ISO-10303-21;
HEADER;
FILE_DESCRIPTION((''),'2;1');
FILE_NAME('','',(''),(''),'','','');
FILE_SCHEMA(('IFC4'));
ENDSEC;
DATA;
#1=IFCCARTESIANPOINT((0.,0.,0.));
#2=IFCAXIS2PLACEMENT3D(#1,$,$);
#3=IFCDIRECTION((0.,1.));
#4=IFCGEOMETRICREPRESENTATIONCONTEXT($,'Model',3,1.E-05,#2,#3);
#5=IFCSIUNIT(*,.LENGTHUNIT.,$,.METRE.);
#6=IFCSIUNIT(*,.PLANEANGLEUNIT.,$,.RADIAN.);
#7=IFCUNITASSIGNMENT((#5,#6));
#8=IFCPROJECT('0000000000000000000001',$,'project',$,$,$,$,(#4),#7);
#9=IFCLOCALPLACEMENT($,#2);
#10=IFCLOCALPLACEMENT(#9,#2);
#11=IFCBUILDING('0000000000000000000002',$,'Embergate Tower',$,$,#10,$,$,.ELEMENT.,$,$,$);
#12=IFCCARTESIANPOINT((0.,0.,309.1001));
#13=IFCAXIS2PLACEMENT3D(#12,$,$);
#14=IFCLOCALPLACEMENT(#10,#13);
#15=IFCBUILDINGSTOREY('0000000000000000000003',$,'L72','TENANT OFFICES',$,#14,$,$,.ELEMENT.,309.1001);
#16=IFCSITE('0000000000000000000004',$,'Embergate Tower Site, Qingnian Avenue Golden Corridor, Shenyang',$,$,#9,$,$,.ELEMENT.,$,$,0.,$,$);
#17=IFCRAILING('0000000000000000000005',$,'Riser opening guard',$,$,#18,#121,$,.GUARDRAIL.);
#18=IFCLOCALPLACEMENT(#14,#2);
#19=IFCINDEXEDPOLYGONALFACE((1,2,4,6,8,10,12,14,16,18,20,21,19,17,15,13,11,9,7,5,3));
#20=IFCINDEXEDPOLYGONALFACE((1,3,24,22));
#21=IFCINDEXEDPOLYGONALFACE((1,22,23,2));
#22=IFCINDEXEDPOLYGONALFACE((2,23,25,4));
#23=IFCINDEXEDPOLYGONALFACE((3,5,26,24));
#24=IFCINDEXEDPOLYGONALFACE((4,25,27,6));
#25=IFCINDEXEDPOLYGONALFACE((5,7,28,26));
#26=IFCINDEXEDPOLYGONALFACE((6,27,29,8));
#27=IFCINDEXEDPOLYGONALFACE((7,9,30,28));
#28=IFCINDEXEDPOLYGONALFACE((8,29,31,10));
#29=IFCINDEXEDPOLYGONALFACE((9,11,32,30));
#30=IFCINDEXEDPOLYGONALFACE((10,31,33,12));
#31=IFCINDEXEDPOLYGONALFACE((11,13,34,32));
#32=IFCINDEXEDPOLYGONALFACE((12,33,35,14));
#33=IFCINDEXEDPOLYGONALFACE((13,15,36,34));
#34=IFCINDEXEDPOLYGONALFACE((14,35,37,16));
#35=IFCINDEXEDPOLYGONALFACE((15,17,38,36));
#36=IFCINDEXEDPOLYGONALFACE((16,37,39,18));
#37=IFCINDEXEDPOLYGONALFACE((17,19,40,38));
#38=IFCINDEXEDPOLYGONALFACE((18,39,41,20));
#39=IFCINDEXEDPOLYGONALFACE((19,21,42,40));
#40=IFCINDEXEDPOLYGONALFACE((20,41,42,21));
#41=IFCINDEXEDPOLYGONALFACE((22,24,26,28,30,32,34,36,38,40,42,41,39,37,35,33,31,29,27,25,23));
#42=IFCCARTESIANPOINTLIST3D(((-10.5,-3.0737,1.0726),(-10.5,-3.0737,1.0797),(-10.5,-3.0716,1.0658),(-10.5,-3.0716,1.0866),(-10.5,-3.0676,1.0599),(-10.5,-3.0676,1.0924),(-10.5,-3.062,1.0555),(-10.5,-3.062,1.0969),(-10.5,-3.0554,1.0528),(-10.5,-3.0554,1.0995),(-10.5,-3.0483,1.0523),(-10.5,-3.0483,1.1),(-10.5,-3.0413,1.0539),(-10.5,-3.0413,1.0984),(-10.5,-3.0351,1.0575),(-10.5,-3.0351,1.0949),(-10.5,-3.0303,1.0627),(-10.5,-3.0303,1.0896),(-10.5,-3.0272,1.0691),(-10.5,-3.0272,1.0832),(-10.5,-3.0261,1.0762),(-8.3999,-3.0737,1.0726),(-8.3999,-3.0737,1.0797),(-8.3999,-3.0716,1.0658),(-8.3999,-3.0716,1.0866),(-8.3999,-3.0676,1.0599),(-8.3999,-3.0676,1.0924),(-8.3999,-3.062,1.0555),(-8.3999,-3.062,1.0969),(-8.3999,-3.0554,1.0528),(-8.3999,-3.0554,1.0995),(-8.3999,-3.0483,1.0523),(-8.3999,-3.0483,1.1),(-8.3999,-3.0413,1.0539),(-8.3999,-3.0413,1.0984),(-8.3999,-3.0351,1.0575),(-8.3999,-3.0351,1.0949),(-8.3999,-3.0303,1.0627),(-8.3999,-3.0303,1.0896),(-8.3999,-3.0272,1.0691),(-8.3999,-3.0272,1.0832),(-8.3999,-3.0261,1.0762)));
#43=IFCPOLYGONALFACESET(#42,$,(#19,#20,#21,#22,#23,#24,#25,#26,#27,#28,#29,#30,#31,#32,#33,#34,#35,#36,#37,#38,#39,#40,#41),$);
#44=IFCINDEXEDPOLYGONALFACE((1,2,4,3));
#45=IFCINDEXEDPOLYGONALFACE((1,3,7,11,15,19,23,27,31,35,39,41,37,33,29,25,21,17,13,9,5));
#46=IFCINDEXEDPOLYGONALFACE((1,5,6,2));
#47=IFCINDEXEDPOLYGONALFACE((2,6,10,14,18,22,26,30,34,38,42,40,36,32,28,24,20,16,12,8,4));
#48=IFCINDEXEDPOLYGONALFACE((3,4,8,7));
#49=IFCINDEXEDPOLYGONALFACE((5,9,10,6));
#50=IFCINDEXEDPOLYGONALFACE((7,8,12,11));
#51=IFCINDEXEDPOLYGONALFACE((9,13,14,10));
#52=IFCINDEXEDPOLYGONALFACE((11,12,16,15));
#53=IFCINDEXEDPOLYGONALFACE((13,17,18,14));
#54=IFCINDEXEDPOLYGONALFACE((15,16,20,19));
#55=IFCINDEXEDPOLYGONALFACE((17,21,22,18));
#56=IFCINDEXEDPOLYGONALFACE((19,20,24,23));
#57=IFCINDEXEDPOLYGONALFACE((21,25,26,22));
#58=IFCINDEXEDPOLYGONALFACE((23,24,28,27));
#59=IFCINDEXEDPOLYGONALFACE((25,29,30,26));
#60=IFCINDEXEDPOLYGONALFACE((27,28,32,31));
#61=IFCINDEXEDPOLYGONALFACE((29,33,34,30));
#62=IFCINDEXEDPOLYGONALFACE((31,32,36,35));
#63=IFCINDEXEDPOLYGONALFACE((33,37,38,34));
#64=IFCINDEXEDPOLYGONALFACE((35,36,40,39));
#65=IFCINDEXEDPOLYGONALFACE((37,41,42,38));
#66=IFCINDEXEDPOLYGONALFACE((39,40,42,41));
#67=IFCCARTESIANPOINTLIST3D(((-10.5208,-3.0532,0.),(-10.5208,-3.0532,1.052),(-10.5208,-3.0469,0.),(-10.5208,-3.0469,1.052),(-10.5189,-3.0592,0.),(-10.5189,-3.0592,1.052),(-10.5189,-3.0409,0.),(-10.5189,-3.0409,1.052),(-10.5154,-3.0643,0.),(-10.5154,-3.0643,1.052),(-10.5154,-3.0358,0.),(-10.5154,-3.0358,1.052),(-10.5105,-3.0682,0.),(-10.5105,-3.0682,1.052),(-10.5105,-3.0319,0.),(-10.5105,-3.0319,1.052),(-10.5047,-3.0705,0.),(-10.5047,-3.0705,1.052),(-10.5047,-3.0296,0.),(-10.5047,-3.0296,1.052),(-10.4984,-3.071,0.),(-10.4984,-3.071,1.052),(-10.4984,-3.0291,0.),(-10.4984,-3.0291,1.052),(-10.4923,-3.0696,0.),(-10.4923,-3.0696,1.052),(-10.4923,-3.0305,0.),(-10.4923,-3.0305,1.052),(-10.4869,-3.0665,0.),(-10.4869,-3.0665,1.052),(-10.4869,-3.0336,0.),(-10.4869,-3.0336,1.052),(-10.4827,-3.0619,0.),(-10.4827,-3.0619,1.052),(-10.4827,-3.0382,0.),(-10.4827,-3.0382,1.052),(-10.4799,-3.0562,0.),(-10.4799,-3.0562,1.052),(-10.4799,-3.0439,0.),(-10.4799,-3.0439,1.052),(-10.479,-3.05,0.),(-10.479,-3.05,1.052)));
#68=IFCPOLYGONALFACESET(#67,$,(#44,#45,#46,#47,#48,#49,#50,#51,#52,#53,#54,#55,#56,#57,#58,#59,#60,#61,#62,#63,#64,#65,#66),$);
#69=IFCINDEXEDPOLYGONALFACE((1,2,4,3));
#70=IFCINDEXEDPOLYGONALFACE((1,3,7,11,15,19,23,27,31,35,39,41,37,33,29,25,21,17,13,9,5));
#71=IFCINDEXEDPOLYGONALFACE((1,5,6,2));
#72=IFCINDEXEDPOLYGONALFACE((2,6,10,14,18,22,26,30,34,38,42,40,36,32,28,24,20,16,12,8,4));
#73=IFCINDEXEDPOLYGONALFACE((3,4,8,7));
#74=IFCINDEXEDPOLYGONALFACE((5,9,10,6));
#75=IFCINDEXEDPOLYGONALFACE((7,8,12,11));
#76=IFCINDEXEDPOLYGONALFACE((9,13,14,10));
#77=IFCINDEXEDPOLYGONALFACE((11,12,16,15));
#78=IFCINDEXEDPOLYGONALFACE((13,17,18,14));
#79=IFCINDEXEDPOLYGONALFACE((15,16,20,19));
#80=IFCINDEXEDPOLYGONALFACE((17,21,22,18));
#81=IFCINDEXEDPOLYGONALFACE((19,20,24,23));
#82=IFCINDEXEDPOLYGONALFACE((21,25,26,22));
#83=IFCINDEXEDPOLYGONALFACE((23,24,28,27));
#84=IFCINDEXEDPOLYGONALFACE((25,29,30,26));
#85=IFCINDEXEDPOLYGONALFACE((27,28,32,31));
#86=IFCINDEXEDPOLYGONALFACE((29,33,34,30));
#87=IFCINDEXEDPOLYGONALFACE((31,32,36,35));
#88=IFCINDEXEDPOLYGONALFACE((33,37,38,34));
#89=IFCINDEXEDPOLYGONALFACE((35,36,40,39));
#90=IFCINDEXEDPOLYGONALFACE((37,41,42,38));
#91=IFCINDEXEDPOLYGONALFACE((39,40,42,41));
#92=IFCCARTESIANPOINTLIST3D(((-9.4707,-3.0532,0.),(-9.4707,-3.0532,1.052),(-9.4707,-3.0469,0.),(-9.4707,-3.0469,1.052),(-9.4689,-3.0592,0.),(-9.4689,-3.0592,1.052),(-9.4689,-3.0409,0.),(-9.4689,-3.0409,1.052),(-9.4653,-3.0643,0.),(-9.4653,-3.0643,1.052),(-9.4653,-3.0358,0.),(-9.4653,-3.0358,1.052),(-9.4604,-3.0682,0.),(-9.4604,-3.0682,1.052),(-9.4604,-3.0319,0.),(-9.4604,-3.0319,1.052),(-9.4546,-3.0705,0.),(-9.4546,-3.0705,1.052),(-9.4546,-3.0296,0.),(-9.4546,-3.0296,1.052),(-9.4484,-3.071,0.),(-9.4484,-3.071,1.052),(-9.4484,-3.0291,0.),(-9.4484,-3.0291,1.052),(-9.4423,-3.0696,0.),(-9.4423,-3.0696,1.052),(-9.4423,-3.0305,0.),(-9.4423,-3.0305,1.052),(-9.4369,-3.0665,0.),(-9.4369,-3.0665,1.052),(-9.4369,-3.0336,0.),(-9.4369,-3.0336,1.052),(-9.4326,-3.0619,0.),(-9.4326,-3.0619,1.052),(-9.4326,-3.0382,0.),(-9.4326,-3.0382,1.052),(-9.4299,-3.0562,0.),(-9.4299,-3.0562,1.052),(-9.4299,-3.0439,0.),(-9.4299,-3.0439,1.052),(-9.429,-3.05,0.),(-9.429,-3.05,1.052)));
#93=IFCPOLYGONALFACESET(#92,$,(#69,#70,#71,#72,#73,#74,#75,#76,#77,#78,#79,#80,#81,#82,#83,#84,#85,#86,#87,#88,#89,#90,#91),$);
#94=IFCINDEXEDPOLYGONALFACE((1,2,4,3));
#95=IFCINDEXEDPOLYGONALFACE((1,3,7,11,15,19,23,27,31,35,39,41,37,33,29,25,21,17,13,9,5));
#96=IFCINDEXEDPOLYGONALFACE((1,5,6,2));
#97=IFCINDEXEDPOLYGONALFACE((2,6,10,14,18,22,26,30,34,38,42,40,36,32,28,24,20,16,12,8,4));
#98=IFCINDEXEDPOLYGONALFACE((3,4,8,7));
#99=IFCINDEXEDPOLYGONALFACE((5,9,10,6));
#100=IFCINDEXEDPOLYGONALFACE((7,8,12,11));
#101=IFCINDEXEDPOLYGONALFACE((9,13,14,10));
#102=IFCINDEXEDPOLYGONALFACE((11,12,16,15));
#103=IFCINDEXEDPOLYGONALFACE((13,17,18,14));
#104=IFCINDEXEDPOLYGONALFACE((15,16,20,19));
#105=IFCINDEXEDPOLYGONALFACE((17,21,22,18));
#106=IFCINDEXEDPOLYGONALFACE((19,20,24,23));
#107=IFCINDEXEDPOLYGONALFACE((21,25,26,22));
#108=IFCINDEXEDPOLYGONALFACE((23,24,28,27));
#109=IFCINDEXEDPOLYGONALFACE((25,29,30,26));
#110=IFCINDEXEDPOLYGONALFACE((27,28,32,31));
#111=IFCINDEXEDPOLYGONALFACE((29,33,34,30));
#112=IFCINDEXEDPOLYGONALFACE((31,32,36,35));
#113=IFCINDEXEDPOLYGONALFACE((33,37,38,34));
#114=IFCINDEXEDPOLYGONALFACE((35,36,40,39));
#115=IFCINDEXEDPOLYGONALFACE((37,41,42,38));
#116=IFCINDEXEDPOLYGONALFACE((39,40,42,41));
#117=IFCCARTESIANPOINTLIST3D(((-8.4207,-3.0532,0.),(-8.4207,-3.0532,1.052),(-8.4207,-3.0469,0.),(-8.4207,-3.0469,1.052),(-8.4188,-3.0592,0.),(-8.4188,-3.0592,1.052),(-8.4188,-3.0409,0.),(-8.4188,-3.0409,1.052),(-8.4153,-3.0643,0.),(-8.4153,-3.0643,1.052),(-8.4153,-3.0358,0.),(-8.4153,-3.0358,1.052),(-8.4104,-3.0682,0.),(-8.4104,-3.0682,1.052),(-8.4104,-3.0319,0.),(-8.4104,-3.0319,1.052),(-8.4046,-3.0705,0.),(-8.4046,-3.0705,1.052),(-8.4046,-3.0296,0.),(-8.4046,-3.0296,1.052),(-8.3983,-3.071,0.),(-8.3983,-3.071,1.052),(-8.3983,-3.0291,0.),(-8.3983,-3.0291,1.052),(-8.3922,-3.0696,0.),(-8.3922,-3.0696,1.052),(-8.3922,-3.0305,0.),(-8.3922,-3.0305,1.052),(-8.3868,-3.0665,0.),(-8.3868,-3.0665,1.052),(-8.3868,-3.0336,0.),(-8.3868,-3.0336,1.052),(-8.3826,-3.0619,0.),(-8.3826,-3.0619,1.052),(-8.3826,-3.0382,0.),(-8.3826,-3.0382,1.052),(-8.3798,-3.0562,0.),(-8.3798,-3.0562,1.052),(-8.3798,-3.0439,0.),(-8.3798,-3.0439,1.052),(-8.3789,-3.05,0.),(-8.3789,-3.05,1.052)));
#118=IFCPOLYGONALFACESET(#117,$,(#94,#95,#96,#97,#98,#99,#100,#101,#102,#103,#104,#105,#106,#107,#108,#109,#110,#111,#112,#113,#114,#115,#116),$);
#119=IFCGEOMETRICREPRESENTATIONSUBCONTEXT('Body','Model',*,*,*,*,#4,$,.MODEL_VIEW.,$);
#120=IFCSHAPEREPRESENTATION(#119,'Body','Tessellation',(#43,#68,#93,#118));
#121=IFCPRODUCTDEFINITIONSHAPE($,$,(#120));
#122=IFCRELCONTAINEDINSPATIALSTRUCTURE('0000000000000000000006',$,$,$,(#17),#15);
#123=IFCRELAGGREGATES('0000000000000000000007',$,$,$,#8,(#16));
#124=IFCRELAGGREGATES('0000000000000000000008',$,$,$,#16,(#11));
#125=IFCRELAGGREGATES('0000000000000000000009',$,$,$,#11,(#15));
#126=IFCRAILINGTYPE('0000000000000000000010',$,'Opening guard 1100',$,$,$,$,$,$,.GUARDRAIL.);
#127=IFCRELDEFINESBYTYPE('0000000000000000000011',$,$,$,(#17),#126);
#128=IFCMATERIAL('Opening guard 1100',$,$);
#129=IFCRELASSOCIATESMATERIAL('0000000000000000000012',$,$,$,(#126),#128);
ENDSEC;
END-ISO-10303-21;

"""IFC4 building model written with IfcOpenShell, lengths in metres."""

from ifc_helpers import new_model, si_unit, direction, frame, origin, origin_2d, place, context, subcontext, project, spatial, circle, extrude, source, transform, mapped, material, type_object, element, save


model = new_model("IFC4")

# Units and contexts
model_context = context("Model", 3, precision=1e-05, world=origin(), true_north=direction((0.0, 1.0)))
body_context = subcontext(model_context, "Body", "Model", "MODEL_VIEW")
ifc_project = project(units=[si_unit("LENGTHUNIT", "METRE"), si_unit("PLANEANGLEUNIT", "RADIAN")], contexts=[model_context])

# Site, building, storey
site_placement = place(None, origin())
site = spatial("IfcSite", under=ifc_project, at=site_placement, Name="Embergate Tower Site, Qingnian Avenue Golden Corridor, Shenyang", CompositionType="ELEMENT", RefElevation=0.0)
building_placement = place(site_placement, origin())
building = spatial("IfcBuilding", under=site, at=building_placement, Name="Embergate Tower", CompositionType="ELEMENT")
storey_placement = place(building_placement, frame((0.0, 0.0, 309.1001)))
storey = spatial("IfcBuildingStorey", under=building, at=storey_placement, Name="L72", Description="TENANT OFFICES", CompositionType="ELEMENT", Elevation=309.1001)

# Railing
ifc_material_1 = material(Name="Opening guard 1100")
railing_type = type_object("IfcRailingType", Name="Opening guard 1100", PredefinedType="GUARDRAIL", material=ifc_material_1)
shared_shape_1 = source(origin(), body_context, "Body", "SweptSolid", [
    extrude(circle(Radius=0.0239, at=origin_2d()), frame((0.0, 0.0, 1.0762), z_axis=(1.0, 0.0, 0.0), x_axis=(0.0, 1.0, 0.0)), (0.0, 0.0, 1.0), 2.1001),
    extrude(circle(Radius=0.021, at=origin_2d()), origin(), (0.0, 0.0, 1.0), 1.052),
    extrude(circle(Radius=0.021, at=origin_2d()), frame((1.05, 0.0, 0.0)), (0.0, 0.0, 1.0), 1.052),
    extrude(circle(Radius=0.021, at=origin_2d()), frame((2.1001, 0.0, 0.0)), (0.0, 0.0, 1.0), 1.052),
])
railing_placement = place(storey_placement, frame((-10.5, -3.05, 0.0)))
element("IfcRailing", 1, at=railing_placement, inside=storey, type_object=railing_type, Name="Riser opening guard", PredefinedType="GUARDRAIL", context=body_context, shape_type="MappedRepresentation", body=[
    mapped(shared_shape_1, transform((0.0, 0.0, 0.0))),
])

save(model, "model.ifc")
